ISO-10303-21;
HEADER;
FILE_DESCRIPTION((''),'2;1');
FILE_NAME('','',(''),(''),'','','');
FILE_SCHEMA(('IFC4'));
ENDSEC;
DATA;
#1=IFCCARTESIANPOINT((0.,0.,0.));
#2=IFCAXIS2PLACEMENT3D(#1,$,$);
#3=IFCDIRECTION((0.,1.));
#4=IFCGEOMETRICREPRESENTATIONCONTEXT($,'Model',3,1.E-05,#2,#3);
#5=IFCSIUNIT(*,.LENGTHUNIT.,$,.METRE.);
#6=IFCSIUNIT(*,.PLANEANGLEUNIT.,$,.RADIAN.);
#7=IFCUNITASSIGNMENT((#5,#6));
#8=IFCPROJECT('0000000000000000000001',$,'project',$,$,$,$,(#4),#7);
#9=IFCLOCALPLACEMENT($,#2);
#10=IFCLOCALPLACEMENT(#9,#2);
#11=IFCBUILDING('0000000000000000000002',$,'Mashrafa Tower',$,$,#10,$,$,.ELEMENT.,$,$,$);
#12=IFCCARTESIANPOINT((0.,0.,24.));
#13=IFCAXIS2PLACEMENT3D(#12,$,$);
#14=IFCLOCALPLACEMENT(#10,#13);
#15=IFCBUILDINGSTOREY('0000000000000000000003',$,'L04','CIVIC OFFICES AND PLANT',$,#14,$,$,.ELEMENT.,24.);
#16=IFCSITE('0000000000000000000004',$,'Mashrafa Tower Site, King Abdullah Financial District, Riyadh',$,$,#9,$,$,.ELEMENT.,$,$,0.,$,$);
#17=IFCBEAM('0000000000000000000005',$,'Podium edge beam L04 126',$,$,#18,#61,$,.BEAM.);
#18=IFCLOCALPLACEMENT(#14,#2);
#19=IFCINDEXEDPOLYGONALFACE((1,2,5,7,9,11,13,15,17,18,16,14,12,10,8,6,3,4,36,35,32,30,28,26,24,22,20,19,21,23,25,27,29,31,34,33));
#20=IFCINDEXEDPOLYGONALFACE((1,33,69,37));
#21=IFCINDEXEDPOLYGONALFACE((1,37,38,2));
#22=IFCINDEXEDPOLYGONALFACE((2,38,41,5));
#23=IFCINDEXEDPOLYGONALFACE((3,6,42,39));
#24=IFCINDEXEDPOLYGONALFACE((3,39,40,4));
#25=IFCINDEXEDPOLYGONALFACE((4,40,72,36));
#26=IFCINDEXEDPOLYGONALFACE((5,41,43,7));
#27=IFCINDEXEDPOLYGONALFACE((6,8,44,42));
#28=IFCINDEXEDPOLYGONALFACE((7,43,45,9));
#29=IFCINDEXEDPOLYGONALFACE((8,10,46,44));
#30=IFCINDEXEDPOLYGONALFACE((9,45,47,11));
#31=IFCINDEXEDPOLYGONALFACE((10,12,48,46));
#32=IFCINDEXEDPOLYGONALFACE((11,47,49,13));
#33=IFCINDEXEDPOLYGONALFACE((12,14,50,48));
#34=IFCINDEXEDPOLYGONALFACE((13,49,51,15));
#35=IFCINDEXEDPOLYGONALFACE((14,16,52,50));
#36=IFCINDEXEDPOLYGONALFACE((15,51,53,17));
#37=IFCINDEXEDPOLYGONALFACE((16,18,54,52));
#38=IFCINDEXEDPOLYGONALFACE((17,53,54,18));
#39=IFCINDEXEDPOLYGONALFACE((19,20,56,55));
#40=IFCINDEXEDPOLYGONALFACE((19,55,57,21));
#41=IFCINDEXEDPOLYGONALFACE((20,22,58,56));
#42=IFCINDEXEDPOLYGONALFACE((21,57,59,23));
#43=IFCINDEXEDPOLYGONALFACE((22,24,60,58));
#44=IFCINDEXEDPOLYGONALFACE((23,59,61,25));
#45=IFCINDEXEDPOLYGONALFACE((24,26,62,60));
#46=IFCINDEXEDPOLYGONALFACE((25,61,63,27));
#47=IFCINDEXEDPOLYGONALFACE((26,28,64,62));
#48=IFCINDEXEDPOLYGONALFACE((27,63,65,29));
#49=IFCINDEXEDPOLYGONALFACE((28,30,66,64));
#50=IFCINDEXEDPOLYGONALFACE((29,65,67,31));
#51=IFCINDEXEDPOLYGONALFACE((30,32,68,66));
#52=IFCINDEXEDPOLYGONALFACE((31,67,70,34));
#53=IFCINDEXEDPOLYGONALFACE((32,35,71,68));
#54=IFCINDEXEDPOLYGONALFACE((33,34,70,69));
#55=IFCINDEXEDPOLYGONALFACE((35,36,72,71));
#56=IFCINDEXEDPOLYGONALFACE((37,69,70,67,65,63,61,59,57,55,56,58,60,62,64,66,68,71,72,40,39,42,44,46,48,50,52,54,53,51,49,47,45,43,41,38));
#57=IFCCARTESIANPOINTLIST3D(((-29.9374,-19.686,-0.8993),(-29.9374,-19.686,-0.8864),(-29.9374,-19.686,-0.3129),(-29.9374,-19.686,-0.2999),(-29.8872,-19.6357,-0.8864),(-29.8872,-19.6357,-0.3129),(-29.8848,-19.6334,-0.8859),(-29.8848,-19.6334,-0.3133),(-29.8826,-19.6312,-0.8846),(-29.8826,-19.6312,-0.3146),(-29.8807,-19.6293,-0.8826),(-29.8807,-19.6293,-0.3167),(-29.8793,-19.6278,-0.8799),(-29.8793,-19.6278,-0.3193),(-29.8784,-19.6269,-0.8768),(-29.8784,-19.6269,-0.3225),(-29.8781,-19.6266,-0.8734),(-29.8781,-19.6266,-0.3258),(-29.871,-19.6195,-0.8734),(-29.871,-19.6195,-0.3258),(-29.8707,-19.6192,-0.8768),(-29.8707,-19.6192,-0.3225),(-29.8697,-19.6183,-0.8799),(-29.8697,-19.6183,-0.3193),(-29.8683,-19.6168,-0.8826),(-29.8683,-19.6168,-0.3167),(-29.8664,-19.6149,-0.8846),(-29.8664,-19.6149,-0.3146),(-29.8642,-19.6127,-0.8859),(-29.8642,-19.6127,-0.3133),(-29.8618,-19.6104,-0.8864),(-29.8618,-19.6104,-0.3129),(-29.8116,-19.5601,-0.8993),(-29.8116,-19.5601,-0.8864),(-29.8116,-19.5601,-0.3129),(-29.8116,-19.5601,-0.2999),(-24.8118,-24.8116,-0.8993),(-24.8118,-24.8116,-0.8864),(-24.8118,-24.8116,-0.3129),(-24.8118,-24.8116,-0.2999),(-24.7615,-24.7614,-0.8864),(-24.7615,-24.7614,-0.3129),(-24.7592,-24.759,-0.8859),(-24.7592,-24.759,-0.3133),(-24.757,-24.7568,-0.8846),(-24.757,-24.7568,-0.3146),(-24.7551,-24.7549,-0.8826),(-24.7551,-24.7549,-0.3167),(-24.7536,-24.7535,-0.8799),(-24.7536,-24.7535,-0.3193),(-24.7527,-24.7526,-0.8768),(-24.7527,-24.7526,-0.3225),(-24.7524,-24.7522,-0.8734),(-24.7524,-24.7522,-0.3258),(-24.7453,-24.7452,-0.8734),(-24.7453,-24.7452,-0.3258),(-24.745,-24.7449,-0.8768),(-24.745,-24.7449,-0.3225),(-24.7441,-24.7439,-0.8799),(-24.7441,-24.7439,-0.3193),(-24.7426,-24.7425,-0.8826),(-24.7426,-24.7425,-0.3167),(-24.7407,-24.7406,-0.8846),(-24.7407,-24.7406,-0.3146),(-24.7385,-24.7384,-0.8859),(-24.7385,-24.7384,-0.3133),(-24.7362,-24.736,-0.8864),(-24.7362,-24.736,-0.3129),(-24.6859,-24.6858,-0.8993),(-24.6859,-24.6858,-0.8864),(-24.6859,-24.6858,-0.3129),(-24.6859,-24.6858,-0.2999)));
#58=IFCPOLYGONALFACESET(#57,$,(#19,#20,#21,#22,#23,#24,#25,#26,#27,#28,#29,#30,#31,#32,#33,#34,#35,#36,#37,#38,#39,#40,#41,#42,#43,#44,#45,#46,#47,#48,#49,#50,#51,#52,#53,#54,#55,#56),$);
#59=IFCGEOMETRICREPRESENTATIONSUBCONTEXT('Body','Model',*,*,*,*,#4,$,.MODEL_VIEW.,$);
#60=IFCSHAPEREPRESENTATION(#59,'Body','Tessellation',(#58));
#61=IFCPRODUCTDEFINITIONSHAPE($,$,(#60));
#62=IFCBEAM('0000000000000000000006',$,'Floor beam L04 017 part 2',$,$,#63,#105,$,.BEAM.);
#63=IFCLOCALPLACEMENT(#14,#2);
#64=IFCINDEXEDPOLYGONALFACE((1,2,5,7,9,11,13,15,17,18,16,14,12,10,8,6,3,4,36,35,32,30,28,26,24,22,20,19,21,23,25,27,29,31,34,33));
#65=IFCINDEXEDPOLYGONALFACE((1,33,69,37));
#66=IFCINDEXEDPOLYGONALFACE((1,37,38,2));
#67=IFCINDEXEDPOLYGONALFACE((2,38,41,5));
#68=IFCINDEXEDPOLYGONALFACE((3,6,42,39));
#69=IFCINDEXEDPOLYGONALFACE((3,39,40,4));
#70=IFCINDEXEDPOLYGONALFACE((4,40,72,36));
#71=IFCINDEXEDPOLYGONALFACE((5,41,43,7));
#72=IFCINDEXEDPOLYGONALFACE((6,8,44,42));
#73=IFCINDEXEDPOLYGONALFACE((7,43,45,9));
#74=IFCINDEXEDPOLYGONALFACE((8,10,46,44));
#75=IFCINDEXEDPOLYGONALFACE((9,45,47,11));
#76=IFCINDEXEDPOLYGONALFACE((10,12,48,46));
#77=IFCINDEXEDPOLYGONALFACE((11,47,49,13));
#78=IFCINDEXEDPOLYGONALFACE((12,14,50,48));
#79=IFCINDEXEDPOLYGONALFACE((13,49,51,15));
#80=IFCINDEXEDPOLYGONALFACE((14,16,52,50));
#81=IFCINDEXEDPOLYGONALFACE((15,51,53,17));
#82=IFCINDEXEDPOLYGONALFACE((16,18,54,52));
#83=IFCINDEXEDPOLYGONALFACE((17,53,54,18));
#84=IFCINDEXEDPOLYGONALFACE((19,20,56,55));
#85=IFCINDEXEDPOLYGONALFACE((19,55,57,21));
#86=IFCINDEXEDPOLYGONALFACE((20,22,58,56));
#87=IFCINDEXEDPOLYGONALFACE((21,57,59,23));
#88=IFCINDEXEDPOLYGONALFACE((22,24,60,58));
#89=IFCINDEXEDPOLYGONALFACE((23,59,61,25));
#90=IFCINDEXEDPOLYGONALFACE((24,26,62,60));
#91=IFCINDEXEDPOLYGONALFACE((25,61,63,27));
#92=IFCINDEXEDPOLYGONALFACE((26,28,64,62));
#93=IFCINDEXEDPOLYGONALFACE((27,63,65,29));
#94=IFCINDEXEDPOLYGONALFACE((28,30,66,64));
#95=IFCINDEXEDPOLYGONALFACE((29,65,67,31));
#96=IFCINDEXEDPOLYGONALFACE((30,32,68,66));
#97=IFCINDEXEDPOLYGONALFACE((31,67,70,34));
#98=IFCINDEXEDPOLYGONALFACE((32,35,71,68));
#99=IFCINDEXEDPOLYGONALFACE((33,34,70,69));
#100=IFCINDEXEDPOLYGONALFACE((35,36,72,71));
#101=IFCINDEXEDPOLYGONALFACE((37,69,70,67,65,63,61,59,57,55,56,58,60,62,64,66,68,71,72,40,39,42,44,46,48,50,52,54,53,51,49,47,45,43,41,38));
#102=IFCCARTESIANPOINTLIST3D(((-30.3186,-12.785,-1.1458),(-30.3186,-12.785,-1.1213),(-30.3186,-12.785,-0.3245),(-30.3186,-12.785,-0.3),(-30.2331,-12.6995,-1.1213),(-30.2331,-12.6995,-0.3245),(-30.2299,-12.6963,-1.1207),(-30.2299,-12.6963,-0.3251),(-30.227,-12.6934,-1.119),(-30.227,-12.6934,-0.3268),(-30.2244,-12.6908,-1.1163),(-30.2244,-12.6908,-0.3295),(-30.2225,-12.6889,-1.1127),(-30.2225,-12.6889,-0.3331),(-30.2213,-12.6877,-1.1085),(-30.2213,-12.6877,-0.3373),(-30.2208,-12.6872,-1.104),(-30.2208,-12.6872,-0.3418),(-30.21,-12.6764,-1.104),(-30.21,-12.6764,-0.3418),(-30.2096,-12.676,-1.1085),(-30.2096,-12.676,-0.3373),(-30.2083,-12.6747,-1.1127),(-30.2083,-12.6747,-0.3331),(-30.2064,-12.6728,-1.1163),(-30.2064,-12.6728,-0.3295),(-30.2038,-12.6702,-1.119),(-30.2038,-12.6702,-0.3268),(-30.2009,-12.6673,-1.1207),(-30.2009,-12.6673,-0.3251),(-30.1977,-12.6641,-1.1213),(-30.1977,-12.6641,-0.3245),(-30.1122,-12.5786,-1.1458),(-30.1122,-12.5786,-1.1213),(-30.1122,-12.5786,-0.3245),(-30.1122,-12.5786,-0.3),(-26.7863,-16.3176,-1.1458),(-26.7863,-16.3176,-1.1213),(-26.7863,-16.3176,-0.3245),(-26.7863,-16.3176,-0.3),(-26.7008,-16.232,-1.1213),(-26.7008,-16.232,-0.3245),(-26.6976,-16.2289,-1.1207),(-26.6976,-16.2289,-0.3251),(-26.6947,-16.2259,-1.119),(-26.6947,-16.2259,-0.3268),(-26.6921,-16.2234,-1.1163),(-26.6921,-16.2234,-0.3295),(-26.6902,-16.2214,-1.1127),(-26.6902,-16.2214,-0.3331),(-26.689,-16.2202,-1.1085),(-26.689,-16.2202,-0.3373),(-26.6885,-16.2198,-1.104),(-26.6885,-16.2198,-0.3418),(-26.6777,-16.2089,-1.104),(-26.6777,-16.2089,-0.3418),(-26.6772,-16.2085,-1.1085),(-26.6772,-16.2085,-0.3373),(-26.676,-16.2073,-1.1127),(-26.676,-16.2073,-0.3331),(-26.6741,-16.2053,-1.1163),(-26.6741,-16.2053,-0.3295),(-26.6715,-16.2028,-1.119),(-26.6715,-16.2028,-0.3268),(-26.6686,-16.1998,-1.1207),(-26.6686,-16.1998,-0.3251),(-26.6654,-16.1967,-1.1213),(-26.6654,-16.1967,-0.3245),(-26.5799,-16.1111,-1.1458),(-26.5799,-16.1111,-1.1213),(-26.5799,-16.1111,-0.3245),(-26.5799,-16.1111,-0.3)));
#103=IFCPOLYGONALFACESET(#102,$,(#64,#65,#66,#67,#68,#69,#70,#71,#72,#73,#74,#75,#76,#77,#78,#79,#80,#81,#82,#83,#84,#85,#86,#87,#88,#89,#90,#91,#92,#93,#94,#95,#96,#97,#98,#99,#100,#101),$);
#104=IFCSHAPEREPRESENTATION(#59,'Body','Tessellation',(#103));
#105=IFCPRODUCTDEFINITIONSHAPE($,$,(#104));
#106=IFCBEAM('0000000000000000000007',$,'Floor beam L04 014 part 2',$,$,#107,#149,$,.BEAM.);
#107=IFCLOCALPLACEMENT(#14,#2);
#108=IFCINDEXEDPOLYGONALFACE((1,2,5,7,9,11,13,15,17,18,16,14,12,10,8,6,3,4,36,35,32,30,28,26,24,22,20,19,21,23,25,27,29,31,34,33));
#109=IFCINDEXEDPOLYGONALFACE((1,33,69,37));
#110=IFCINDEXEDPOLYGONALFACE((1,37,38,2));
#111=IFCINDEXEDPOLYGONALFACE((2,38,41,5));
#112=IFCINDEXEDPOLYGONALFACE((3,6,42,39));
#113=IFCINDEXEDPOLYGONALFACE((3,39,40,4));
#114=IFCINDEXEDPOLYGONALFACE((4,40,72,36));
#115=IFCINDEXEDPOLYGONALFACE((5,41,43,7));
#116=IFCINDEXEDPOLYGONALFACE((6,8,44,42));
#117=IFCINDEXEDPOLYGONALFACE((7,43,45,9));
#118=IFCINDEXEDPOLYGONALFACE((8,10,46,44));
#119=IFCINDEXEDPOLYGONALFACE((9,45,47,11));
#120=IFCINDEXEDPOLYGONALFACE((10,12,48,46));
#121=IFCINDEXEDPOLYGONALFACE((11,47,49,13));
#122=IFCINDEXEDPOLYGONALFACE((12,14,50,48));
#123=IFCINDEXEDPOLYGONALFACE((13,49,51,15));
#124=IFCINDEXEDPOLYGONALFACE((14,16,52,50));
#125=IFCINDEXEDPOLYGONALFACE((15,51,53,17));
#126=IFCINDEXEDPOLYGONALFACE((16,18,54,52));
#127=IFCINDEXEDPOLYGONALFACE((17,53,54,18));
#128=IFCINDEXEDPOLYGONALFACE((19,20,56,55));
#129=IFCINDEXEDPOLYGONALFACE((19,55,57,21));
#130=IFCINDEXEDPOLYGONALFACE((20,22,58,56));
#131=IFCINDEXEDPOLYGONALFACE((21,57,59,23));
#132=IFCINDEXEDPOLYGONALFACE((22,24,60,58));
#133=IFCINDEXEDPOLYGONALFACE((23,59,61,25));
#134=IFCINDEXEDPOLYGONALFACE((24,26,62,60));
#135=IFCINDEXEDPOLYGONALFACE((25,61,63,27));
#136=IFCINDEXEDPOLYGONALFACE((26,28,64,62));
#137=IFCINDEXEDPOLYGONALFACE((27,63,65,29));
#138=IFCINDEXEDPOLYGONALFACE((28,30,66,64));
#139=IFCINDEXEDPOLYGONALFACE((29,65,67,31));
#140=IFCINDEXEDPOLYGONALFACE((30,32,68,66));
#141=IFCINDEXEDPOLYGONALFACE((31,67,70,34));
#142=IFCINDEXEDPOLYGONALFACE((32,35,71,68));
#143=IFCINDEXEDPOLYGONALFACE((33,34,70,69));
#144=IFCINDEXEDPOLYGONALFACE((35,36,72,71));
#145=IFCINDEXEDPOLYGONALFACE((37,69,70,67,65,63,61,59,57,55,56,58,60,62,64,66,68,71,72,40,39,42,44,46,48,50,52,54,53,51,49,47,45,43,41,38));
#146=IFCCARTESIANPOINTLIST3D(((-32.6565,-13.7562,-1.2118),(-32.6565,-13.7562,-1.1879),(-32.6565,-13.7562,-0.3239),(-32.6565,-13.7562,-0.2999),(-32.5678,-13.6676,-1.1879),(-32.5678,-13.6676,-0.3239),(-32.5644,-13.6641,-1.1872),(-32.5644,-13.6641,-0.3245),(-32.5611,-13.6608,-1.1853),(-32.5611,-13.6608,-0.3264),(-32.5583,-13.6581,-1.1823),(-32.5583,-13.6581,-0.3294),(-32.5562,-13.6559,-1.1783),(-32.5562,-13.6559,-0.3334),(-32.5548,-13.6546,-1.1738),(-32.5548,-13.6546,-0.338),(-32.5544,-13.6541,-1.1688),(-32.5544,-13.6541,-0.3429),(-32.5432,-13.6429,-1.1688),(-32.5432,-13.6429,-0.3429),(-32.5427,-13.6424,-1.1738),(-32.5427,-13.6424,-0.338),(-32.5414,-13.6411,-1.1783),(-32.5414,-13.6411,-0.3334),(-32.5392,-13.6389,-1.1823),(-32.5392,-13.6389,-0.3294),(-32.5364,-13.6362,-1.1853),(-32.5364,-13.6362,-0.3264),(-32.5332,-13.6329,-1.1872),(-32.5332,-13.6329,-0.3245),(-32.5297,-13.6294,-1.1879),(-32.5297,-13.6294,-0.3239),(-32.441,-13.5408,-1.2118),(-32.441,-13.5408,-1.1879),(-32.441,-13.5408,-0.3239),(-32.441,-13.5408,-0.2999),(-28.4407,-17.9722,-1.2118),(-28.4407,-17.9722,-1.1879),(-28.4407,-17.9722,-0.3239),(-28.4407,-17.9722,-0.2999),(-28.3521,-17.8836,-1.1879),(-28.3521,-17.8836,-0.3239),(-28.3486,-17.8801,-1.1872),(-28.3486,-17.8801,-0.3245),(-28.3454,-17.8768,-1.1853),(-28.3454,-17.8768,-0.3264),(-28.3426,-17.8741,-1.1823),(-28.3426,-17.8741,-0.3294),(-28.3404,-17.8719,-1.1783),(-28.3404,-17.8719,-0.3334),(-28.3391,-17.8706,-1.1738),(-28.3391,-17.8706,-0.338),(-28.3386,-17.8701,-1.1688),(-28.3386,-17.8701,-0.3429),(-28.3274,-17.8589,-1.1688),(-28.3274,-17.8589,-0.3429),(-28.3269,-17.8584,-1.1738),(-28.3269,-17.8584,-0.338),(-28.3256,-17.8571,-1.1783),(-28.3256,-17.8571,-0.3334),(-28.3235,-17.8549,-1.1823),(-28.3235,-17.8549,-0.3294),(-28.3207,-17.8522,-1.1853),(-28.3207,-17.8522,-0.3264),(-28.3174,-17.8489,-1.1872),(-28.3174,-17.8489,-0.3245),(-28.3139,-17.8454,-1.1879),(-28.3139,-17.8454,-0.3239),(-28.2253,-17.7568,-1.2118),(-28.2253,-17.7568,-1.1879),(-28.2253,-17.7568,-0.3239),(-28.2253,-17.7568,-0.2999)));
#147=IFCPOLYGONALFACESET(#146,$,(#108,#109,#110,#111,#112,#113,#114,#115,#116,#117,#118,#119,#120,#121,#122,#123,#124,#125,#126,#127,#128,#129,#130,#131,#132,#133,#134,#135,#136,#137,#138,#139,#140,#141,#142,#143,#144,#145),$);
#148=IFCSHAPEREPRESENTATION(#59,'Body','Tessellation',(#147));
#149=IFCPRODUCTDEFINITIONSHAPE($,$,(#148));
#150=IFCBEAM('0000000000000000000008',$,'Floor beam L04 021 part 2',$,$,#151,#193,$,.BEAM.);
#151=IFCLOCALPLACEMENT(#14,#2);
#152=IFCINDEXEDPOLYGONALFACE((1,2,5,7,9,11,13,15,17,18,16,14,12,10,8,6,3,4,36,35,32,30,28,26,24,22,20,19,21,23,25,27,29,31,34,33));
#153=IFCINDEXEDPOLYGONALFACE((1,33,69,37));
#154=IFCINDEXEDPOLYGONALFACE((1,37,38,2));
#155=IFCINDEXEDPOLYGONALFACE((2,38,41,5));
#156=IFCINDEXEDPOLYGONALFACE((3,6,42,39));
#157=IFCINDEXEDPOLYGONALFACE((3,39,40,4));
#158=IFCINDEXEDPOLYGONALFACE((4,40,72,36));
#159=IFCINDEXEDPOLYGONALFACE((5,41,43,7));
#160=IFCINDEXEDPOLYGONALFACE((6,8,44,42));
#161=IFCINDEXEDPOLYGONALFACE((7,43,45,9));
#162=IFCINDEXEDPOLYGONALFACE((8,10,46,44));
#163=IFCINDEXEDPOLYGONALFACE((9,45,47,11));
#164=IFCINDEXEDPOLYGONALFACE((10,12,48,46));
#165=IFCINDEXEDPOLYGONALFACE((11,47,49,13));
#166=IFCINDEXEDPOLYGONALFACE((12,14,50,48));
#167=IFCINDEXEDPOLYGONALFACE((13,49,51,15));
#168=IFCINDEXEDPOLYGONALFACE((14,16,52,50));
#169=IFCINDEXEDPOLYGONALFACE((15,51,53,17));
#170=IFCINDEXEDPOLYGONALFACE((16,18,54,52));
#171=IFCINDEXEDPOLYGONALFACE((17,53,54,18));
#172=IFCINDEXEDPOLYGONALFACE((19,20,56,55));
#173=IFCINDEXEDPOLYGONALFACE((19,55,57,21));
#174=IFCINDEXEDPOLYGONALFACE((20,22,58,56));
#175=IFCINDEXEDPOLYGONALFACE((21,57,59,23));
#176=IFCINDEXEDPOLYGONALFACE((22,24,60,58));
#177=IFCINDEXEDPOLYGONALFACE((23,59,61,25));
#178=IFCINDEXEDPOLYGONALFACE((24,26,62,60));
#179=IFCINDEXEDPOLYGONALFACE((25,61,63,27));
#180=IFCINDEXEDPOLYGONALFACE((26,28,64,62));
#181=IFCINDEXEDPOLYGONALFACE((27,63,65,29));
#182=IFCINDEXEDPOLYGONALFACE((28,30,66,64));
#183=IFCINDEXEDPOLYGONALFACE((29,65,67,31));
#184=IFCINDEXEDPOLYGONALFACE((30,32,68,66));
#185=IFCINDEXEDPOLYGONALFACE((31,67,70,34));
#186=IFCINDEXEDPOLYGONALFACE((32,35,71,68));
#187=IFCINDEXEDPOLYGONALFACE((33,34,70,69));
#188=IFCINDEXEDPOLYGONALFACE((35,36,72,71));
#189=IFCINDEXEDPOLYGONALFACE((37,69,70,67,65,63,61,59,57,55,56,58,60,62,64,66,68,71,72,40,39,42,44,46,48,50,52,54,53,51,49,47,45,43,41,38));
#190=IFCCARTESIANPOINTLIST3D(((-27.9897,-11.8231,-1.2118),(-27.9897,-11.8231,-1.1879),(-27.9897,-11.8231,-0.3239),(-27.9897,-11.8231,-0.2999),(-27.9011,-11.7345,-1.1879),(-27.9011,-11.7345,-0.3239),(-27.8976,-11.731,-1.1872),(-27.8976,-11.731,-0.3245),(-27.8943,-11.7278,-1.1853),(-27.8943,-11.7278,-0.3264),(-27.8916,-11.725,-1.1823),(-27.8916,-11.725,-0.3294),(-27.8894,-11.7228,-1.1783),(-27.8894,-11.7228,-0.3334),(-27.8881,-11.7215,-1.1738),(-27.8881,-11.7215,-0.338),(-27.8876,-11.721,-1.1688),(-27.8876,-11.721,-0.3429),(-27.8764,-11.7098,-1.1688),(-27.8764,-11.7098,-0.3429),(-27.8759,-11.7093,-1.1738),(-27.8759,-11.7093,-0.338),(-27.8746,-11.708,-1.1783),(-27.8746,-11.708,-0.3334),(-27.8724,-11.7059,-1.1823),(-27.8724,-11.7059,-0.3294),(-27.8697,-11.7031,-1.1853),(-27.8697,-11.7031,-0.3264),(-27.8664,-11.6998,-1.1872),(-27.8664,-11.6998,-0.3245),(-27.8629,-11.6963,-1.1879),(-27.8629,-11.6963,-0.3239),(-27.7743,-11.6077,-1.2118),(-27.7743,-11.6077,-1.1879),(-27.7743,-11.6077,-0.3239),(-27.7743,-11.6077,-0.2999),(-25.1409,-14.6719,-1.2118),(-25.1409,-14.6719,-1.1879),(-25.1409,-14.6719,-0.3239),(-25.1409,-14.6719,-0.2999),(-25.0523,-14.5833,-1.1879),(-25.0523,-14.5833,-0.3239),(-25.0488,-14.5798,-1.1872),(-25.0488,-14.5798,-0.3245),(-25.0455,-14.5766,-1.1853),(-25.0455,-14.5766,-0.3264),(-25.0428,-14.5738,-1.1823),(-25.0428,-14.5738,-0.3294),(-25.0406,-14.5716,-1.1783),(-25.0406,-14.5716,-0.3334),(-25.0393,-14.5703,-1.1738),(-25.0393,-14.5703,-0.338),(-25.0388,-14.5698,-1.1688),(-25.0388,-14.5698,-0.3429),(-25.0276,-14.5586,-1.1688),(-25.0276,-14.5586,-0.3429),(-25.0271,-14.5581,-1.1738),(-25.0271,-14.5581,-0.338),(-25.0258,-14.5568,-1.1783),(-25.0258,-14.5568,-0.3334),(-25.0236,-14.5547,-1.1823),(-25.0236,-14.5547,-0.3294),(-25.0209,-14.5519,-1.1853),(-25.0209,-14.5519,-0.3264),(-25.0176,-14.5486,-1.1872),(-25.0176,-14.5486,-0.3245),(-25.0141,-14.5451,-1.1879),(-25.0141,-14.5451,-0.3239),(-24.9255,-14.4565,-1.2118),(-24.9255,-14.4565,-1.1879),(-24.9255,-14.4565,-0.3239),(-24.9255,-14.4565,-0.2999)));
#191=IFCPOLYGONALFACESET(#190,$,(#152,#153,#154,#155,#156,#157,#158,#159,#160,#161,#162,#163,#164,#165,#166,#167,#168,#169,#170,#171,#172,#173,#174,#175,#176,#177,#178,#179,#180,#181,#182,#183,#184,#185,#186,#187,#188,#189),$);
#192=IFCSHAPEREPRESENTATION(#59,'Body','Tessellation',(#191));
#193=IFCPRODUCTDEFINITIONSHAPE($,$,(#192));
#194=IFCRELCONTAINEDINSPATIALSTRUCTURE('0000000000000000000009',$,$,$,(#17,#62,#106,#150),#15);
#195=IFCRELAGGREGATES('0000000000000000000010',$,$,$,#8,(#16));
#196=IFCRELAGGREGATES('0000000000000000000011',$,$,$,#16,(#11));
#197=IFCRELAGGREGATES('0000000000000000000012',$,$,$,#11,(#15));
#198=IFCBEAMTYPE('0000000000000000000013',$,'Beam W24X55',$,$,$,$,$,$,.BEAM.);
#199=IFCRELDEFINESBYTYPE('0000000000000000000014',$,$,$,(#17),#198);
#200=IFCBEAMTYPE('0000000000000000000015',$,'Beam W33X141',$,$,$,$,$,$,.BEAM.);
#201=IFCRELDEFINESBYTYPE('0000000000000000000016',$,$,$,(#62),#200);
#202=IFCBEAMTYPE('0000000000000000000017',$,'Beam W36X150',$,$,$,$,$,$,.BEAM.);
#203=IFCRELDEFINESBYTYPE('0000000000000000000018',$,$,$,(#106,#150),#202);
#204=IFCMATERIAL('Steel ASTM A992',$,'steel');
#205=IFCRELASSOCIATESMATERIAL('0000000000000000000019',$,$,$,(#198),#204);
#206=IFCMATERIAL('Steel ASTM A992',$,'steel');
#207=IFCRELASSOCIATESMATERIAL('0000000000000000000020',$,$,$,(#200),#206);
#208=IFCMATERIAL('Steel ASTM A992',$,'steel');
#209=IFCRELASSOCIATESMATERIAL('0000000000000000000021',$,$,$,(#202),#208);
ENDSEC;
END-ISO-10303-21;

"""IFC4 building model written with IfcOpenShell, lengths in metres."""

from ifc_helpers import new_model, si_unit, direction, frame, origin, origin_2d, place, context, subcontext, project, spatial, i_section, extrude, material, material_profile, profile_set, type_object, element, save


model = new_model("IFC4")

# Units and contexts
model_context = context("Model", 3, precision=1e-05, world=origin(), true_north=direction((0.0, 1.0)))
body_context = subcontext(model_context, "Body", "Model", "MODEL_VIEW")
ifc_project = project(units=[si_unit("LENGTHUNIT", "METRE"), si_unit("PLANEANGLEUNIT", "RADIAN")], contexts=[model_context])

# Site, building, storey
site_placement = place(None, origin())
site = spatial("IfcSite", under=ifc_project, at=site_placement, Name="Mashrafa Tower Site, King Abdullah Financial District, Riyadh", CompositionType="ELEMENT", RefElevation=0.0)
building_placement = place(site_placement, origin())
building = spatial("IfcBuilding", under=site, at=building_placement, Name="Mashrafa Tower", CompositionType="ELEMENT")
storey_placement = place(building_placement, frame((0.0, 0.0, 24.0)))
storey = spatial("IfcBuildingStorey", under=building, at=storey_placement, Name="L04", Description="CIVIC OFFICES AND PLANT", CompositionType="ELEMENT", Elevation=24.0)

# Beams
ifc_material_1 = material(Name="Steel ASTM A992", Category="steel")
ifc_material_profile_1 = material_profile(ifc_material_1, i_section(OverallWidth=0.178, OverallDepth=0.5994, WebThickness=0.01, FlangeThickness=0.0129, FilletRadius=0.0129, at=origin_2d()), Name="W24X55")
ifc_profile_set_1 = profile_set([ifc_material_profile_1], Name="Steel ASTM A992")
beam_type_1 = type_object("IfcBeamType", Name="Beam W24X55", PredefinedType="BEAM", material=ifc_profile_set_1)
beam_1_placement = place(storey_placement, frame((-29.8745, -19.623, -0.5996), z_axis=(0.707107, -0.707107, 0.0), x_axis=(0.707107, 0.707107, 0.0)))
element("IfcBeam", 1, at=beam_1_placement, inside=storey, type_object=beam_type_1, Name="Podium edge beam L04 126", PredefinedType="BEAM", context=body_context, shape_type="SweptSolid", body=[
    extrude(i_section(OverallWidth=0.178, OverallDepth=0.5994, WebThickness=0.01, FlangeThickness=0.0129, FilletRadius=0.0129, at=origin_2d()), origin(), (0.0, 0.0, 1.0), 7.2488),
])
ifc_material_2 = material(Name="Steel ASTM A992", Category="steel")
ifc_material_profile_2 = material_profile(ifc_material_2, i_section(OverallWidth=0.292, OverallDepth=0.8457, WebThickness=0.0154, FlangeThickness=0.0244, FilletRadius=0.0173, at=origin_2d()), Name="W33X141")
ifc_profile_set_2 = profile_set([ifc_material_profile_2], Name="Steel ASTM A992")
beam_type_2 = type_object("IfcBeamType", Name="Beam W33X141", PredefinedType="BEAM", material=ifc_profile_set_2)
beam_2_placement = place(storey_placement, frame((-26.6831, -16.2144, -0.7229), z_axis=(-0.707082, 0.707131, 0.0), x_axis=(-0.707131, -0.707082, 0.0)))
element("IfcBeam", 2, at=beam_2_placement, inside=storey, type_object=beam_type_2, Name="Floor beam L04 017 part 2", PredefinedType="BEAM", context=body_context, shape_type="SweptSolid", body=[
    extrude(i_section(OverallWidth=0.292, OverallDepth=0.8457, WebThickness=0.0154, FlangeThickness=0.0244, FilletRadius=0.0173, at=origin_2d()), origin(), (0.0, 0.0, 1.0), 4.9956),
])
ifc_material_3 = material(Name="Steel ASTM A992", Category="steel")
ifc_material_profile_3 = material_profile(ifc_material_3, i_section(OverallWidth=0.3047, OverallDepth=0.9119, WebThickness=0.0159, FlangeThickness=0.0239, FilletRadius=0.019, at=origin_2d()), Name="W36X150")
ifc_profile_set_3 = profile_set([ifc_material_profile_3], Name="Steel ASTM A992")
beam_type_3 = type_object("IfcBeamType", Name="Beam W36X150", PredefinedType="BEAM", material=ifc_profile_set_3)
beam_3_placement = place(storey_placement, frame((-28.333, -17.8645, -0.7559), z_axis=(-0.707086, 0.707127, 0.0), x_axis=(-0.707127, -0.707086, 0.0)))
element("IfcBeam", 3, at=beam_3_placement, inside=storey, type_object=beam_type_3, Name="Floor beam L04 014 part 2", PredefinedType="BEAM", context=body_context, shape_type="SweptSolid", body=[
    extrude(i_section(OverallWidth=0.3047, OverallDepth=0.9119, WebThickness=0.0159, FlangeThickness=0.0239, FilletRadius=0.019, at=origin_2d()), origin(), (0.0, 0.0, 1.0), 5.9622),
])
beam_4_placement = place(storey_placement, frame((-25.0332, -14.5642, -0.7559), z_axis=(-0.707107, 0.707107, 0.0), x_axis=(-0.707107, -0.707107, 0.0)))
element("IfcBeam", 4, at=beam_4_placement, inside=storey, type_object=beam_type_3, Name="Floor beam L04 021 part 2", PredefinedType="BEAM", context=body_context, shape_type="SweptSolid", body=[
    extrude(i_section(OverallWidth=0.3047, OverallDepth=0.9119, WebThickness=0.0159, FlangeThickness=0.0239, FilletRadius=0.019, at=origin_2d()), origin(), (0.0, 0.0, 1.0), 4.0288),
])

save(model, "model.ifc")
